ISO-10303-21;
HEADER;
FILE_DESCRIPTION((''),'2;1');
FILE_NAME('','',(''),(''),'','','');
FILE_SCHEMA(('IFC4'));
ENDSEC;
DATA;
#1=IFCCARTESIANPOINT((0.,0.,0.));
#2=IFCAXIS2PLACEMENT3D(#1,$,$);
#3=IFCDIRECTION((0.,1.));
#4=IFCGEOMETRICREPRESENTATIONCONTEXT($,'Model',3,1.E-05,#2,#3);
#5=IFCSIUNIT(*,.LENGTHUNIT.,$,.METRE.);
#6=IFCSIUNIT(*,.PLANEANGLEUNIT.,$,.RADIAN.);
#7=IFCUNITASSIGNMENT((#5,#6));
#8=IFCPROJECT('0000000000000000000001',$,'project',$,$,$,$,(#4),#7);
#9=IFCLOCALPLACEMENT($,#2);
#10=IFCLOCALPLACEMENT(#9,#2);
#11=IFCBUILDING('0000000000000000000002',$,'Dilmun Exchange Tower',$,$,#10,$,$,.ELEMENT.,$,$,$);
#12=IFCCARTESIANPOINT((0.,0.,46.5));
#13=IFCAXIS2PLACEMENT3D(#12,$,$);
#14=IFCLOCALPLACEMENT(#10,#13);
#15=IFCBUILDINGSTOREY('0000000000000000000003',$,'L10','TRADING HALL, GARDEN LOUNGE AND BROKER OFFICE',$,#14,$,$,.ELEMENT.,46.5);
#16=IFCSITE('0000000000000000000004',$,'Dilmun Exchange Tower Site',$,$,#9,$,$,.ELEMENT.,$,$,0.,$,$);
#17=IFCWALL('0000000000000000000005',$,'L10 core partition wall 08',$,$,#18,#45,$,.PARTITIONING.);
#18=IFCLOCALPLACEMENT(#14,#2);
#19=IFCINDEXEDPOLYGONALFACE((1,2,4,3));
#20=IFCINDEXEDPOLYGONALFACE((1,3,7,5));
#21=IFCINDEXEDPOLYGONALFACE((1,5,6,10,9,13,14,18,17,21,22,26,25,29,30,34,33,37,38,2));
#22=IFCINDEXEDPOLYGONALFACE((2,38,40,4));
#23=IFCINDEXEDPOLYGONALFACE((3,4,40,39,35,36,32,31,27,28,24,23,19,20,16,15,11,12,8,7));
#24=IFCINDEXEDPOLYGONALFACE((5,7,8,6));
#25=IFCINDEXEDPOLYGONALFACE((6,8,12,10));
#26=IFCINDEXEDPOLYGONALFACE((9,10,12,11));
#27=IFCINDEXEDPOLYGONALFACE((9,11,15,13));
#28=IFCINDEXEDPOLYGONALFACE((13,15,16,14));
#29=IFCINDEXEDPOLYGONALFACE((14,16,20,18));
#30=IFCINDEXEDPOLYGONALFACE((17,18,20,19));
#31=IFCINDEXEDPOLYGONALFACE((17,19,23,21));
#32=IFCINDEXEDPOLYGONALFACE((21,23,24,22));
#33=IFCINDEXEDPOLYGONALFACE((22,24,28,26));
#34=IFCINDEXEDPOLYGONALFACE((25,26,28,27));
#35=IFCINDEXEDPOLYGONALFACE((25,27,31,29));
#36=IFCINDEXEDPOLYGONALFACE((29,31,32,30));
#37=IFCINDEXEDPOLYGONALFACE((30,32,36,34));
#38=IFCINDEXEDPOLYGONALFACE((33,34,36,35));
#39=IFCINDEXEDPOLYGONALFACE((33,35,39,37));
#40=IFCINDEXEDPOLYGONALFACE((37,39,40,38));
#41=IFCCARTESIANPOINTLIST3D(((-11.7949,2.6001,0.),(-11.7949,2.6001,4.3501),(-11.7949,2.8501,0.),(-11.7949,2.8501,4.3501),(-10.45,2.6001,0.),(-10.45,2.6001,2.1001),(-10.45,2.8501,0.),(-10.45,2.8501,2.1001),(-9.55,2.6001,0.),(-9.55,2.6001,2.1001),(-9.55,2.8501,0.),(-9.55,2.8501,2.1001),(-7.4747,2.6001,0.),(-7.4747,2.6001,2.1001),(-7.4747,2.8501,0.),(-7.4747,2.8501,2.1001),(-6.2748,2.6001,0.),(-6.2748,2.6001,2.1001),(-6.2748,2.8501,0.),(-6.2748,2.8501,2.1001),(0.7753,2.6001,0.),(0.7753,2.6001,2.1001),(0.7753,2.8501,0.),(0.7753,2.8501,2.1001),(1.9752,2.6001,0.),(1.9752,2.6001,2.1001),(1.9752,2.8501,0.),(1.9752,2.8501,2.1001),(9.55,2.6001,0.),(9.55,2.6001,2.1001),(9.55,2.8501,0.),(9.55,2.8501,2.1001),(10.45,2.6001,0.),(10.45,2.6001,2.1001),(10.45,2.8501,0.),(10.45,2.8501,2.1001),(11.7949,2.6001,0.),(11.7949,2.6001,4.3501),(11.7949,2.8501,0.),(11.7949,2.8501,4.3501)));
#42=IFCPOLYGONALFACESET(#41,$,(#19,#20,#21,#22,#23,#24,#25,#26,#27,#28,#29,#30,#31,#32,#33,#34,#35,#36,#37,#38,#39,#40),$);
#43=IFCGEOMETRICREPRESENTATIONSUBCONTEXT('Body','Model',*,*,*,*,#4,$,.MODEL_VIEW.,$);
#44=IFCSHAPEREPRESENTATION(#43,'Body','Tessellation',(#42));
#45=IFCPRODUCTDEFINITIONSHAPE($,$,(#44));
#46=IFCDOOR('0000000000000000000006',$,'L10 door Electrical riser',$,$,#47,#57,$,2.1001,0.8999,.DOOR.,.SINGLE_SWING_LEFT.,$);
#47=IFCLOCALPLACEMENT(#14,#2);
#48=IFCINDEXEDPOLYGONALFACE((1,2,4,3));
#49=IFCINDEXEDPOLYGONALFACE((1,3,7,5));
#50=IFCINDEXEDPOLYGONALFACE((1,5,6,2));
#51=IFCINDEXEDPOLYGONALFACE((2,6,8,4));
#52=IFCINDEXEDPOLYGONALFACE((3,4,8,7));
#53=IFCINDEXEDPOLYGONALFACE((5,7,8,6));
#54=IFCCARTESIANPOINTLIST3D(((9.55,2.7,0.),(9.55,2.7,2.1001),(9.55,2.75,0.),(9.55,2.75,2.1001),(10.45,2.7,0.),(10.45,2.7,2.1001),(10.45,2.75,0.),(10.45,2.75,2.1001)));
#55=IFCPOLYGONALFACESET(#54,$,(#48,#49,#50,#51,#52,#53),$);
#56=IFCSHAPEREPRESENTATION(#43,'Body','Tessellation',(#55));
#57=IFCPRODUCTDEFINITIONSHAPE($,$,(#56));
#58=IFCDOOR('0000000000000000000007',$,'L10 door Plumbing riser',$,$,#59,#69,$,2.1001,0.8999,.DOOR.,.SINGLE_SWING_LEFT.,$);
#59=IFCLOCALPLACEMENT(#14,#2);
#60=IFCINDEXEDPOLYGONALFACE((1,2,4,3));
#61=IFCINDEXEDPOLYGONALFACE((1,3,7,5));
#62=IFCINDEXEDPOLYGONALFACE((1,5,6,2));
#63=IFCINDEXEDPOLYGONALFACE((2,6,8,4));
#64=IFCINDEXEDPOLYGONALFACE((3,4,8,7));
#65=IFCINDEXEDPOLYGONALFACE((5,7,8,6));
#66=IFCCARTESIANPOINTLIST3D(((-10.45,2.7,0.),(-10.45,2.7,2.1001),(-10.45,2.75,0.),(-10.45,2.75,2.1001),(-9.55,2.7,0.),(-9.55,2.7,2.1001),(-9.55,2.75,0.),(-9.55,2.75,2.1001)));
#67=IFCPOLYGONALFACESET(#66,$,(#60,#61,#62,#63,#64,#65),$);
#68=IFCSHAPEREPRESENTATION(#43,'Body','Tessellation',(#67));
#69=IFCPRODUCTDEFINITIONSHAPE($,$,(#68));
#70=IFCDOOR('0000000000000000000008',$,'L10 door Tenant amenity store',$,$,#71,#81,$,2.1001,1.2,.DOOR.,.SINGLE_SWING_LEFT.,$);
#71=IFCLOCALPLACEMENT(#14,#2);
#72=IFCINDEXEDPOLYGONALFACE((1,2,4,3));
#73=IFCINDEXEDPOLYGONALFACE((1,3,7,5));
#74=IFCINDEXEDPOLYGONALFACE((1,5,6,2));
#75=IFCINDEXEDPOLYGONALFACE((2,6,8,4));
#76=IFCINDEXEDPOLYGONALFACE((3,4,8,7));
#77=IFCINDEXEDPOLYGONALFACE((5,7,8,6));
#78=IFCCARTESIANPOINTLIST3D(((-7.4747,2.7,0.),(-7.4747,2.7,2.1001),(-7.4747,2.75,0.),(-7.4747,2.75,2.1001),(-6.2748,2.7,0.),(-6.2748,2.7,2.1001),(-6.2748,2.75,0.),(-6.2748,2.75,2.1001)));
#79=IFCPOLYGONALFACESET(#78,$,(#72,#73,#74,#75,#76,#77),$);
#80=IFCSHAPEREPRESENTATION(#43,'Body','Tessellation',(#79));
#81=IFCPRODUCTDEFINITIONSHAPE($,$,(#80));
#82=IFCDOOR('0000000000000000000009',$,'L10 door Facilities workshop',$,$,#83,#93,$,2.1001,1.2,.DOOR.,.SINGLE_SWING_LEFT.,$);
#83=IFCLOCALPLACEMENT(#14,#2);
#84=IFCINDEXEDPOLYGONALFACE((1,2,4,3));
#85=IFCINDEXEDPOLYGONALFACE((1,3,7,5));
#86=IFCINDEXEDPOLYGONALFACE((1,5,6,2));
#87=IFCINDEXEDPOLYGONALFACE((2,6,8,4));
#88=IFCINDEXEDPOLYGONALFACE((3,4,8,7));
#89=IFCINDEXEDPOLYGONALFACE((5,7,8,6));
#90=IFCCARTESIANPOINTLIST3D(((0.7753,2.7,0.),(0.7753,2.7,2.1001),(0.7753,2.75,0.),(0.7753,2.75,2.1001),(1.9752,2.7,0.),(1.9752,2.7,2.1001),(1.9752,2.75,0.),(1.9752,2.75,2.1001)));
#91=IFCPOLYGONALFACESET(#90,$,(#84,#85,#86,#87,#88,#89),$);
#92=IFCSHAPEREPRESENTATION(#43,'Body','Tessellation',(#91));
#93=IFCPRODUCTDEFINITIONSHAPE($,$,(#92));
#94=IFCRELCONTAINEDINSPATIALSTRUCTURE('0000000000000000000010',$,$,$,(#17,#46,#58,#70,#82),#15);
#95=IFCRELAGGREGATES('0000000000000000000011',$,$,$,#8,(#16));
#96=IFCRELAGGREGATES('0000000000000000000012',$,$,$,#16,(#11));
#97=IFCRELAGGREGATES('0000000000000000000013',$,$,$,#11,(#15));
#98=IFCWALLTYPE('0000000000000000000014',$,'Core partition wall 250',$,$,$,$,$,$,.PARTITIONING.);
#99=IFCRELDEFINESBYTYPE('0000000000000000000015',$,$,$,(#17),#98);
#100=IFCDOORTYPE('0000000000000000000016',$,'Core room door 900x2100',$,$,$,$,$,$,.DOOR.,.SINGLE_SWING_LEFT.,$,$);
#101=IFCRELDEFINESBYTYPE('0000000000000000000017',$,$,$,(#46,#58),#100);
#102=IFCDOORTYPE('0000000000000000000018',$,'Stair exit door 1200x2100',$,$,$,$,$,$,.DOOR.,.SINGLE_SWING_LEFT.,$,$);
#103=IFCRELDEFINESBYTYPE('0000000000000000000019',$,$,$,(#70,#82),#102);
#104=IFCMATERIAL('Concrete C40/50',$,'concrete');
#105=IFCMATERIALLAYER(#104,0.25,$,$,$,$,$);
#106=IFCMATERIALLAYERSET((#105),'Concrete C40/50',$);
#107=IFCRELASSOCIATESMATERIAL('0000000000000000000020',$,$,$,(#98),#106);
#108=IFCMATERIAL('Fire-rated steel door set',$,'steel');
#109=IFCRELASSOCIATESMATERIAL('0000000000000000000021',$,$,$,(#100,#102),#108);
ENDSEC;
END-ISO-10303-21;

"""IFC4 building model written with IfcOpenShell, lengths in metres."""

from ifc_helpers import new_model, si_unit, direction, frame, frame_2d, origin, place, context, subcontext, project, spatial, rectangle, extrude, material, layer, layer_set, type_object, element, fill, save


model = new_model("IFC4")

# Units and contexts
model_context = context("Model", 3, precision=1e-05, world=origin(), true_north=direction((0.0, 1.0)))
body_context = subcontext(model_context, "Body", "Model", "MODEL_VIEW")
ifc_project = project(units=[si_unit("LENGTHUNIT", "METRE"), si_unit("PLANEANGLEUNIT", "RADIAN")], contexts=[model_context])

# Site, building, storey
site_placement = place(None, origin())
site = spatial("IfcSite", under=ifc_project, at=site_placement, Name="Dilmun Exchange Tower Site", CompositionType="ELEMENT", RefElevation=0.0)
building_placement = place(site_placement, origin())
building = spatial("IfcBuilding", under=site, at=building_placement, Name="Dilmun Exchange Tower", CompositionType="ELEMENT")
storey_placement = place(building_placement, frame((0.0, 0.0, 46.5)))
storey = spatial("IfcBuildingStorey", under=building, at=storey_placement, Name="L10", Description="TRADING HALL, GARDEN LOUNGE AND BROKER OFFICE", CompositionType="ELEMENT", Elevation=46.5)

# Shared definitions
ifc_material_1 = material(Name="Concrete C40/50", Category="concrete")

# Wall, openings, doors
ifc_layer_1 = layer(ifc_material_1, 0.25)
ifc_layer_set_1 = layer_set([ifc_layer_1], Name="Concrete C40/50")
wall_type_1 = type_object("IfcWallType", Name="Core partition wall 250", PredefinedType="PARTITIONING", material=ifc_layer_set_1)
wall_1_placement = place(storey_placement, frame((-11.7949, 2.7251, 0.0), z_axis=(0.0, 0.0, 1.0), x_axis=(1.0, 0.0, 0.0)))
wall_1 = element("IfcWall", 1, at=wall_1_placement, inside=storey, type_object=wall_type_1, Name="L10 core partition wall 08", PredefinedType="PARTITIONING", context=body_context, shape_type="SweptSolid", body=[
    extrude(rectangle(XDim=23.5898, YDim=0.25, at=frame_2d((11.7949, 0.0))), origin(), (0.0, 0.0, 1.0), 4.3501),
])
opening_1_placement = place(wall_1_placement, frame((21.345, 0.0, 0.0)))
opening_1 = element("IfcOpeningElement", 2, at=opening_1_placement, cuts=wall_1, PredefinedType="OPENING", context=body_context, shape_type="SweptSolid", body=[
    extrude(rectangle(XDim=0.8999, YDim=2.1001, at=frame_2d((0.45, 1.05))), frame((0.0, 0.135, 0.0), z_axis=(0.0, -1.0, 0.0), x_axis=(1.0, 0.0, 0.0)), (0.0, 0.0, 1.0), 0.27),
])
opening_2_placement = place(wall_1_placement, frame((1.345, 0.0, 0.0)))
opening_2 = element("IfcOpeningElement", 3, at=opening_2_placement, cuts=wall_1, PredefinedType="OPENING", context=body_context, shape_type="SweptSolid", body=[
    extrude(rectangle(XDim=0.8999, YDim=2.1001, at=frame_2d((0.45, 1.05))), frame((0.0, 0.135, 0.0), z_axis=(0.0, -1.0, 0.0), x_axis=(1.0, 0.0, 0.0)), (0.0, 0.0, 1.0), 0.27),
])
opening_3_placement = place(wall_1_placement, frame((4.3201, 0.0, 0.0)))
opening_3 = element("IfcOpeningElement", 4, at=opening_3_placement, cuts=wall_1, PredefinedType="OPENING", context=body_context, shape_type="SweptSolid", body=[
    extrude(rectangle(XDim=1.2, YDim=2.1001, at=frame_2d((0.6001, 1.05))), frame((0.0, 0.135, 0.0), z_axis=(0.0, -1.0, 0.0), x_axis=(1.0, 0.0, 0.0)), (0.0, 0.0, 1.0), 0.27),
])
opening_4_placement = place(wall_1_placement, frame((12.5701, 0.0, 0.0)))
opening_4 = element("IfcOpeningElement", 5, at=opening_4_placement, cuts=wall_1, PredefinedType="OPENING", context=body_context, shape_type="SweptSolid", body=[
    extrude(rectangle(XDim=1.2, YDim=2.1001, at=frame_2d((0.6001, 1.05))), frame((0.0, 0.135, 0.0), z_axis=(0.0, -1.0, 0.0), x_axis=(1.0, 0.0, 0.0)), (0.0, 0.0, 1.0), 0.27),
])
ifc_material_2 = material(Name="Fire-rated steel door set", Category="steel")
door_type_1 = type_object("IfcDoorType", Name="Core room door 900x2100", OperationType="SINGLE_SWING_LEFT", PredefinedType="DOOR", material=ifc_material_2)
door_1_placement = place(opening_1_placement, origin())
door_1 = element("IfcDoor", 6, at=door_1_placement, inside=storey, type_object=door_type_1, Name="L10 door Electrical riser", OperationType="SINGLE_SWING_LEFT", OverallHeight=2.1001, OverallWidth=0.8999, PredefinedType="DOOR", context=body_context, shape_type="SweptSolid", body=[
    extrude(rectangle(XDim=0.8999, YDim=2.1001, at=frame_2d((0.45, 1.05))), frame((0.0, 0.0249, 0.0), z_axis=(0.0, -1.0, 0.0), x_axis=(1.0, 0.0, 0.0)), (0.0, 0.0, 1.0), 0.05),
])
fill(opening_1, door_1)
door_2_placement = place(opening_2_placement, origin())
door_2 = element("IfcDoor", 7, at=door_2_placement, inside=storey, type_object=door_type_1, Name="L10 door Plumbing riser", OperationType="SINGLE_SWING_LEFT", OverallHeight=2.1001, OverallWidth=0.8999, PredefinedType="DOOR", context=body_context, shape_type="SweptSolid", body=[
    extrude(rectangle(XDim=0.8999, YDim=2.1001, at=frame_2d((0.45, 1.05))), frame((0.0, 0.0249, 0.0), z_axis=(0.0, -1.0, 0.0), x_axis=(1.0, 0.0, 0.0)), (0.0, 0.0, 1.0), 0.05),
])
fill(opening_2, door_2)
door_type_2 = type_object("IfcDoorType", Name="Stair exit door 1200x2100", OperationType="SINGLE_SWING_LEFT", PredefinedType="DOOR", material=ifc_material_2)
door_3_placement = place(opening_3_placement, origin())
door_3 = element("IfcDoor", 8, at=door_3_placement, inside=storey, type_object=door_type_2, Name="L10 door Tenant amenity store", OperationType="SINGLE_SWING_LEFT", OverallHeight=2.1001, OverallWidth=1.2, PredefinedType="DOOR", context=body_context, shape_type="SweptSolid", body=[
    extrude(rectangle(XDim=1.2, YDim=2.1001, at=frame_2d((0.6001, 1.05))), frame((0.0, 0.0249, 0.0), z_axis=(0.0, -1.0, 0.0), x_axis=(1.0, 0.0, 0.0)), (0.0, 0.0, 1.0), 0.05),
])
fill(opening_3, door_3)
door_4_placement = place(opening_4_placement, origin())
door_4 = element("IfcDoor", 9, at=door_4_placement, inside=storey, type_object=door_type_2, Name="L10 door Facilities workshop", OperationType="SINGLE_SWING_LEFT", OverallHeight=2.1001, OverallWidth=1.2, PredefinedType="DOOR", context=body_context, shape_type="SweptSolid", body=[
    extrude(rectangle(XDim=1.2, YDim=2.1001, at=frame_2d((0.6001, 1.05))), frame((0.0, 0.0249, 0.0), z_axis=(0.0, -1.0, 0.0), x_axis=(1.0, 0.0, 0.0)), (0.0, 0.0, 1.0), 0.05),
])
fill(opening_4, door_4)

save(model, "model.ifc")
